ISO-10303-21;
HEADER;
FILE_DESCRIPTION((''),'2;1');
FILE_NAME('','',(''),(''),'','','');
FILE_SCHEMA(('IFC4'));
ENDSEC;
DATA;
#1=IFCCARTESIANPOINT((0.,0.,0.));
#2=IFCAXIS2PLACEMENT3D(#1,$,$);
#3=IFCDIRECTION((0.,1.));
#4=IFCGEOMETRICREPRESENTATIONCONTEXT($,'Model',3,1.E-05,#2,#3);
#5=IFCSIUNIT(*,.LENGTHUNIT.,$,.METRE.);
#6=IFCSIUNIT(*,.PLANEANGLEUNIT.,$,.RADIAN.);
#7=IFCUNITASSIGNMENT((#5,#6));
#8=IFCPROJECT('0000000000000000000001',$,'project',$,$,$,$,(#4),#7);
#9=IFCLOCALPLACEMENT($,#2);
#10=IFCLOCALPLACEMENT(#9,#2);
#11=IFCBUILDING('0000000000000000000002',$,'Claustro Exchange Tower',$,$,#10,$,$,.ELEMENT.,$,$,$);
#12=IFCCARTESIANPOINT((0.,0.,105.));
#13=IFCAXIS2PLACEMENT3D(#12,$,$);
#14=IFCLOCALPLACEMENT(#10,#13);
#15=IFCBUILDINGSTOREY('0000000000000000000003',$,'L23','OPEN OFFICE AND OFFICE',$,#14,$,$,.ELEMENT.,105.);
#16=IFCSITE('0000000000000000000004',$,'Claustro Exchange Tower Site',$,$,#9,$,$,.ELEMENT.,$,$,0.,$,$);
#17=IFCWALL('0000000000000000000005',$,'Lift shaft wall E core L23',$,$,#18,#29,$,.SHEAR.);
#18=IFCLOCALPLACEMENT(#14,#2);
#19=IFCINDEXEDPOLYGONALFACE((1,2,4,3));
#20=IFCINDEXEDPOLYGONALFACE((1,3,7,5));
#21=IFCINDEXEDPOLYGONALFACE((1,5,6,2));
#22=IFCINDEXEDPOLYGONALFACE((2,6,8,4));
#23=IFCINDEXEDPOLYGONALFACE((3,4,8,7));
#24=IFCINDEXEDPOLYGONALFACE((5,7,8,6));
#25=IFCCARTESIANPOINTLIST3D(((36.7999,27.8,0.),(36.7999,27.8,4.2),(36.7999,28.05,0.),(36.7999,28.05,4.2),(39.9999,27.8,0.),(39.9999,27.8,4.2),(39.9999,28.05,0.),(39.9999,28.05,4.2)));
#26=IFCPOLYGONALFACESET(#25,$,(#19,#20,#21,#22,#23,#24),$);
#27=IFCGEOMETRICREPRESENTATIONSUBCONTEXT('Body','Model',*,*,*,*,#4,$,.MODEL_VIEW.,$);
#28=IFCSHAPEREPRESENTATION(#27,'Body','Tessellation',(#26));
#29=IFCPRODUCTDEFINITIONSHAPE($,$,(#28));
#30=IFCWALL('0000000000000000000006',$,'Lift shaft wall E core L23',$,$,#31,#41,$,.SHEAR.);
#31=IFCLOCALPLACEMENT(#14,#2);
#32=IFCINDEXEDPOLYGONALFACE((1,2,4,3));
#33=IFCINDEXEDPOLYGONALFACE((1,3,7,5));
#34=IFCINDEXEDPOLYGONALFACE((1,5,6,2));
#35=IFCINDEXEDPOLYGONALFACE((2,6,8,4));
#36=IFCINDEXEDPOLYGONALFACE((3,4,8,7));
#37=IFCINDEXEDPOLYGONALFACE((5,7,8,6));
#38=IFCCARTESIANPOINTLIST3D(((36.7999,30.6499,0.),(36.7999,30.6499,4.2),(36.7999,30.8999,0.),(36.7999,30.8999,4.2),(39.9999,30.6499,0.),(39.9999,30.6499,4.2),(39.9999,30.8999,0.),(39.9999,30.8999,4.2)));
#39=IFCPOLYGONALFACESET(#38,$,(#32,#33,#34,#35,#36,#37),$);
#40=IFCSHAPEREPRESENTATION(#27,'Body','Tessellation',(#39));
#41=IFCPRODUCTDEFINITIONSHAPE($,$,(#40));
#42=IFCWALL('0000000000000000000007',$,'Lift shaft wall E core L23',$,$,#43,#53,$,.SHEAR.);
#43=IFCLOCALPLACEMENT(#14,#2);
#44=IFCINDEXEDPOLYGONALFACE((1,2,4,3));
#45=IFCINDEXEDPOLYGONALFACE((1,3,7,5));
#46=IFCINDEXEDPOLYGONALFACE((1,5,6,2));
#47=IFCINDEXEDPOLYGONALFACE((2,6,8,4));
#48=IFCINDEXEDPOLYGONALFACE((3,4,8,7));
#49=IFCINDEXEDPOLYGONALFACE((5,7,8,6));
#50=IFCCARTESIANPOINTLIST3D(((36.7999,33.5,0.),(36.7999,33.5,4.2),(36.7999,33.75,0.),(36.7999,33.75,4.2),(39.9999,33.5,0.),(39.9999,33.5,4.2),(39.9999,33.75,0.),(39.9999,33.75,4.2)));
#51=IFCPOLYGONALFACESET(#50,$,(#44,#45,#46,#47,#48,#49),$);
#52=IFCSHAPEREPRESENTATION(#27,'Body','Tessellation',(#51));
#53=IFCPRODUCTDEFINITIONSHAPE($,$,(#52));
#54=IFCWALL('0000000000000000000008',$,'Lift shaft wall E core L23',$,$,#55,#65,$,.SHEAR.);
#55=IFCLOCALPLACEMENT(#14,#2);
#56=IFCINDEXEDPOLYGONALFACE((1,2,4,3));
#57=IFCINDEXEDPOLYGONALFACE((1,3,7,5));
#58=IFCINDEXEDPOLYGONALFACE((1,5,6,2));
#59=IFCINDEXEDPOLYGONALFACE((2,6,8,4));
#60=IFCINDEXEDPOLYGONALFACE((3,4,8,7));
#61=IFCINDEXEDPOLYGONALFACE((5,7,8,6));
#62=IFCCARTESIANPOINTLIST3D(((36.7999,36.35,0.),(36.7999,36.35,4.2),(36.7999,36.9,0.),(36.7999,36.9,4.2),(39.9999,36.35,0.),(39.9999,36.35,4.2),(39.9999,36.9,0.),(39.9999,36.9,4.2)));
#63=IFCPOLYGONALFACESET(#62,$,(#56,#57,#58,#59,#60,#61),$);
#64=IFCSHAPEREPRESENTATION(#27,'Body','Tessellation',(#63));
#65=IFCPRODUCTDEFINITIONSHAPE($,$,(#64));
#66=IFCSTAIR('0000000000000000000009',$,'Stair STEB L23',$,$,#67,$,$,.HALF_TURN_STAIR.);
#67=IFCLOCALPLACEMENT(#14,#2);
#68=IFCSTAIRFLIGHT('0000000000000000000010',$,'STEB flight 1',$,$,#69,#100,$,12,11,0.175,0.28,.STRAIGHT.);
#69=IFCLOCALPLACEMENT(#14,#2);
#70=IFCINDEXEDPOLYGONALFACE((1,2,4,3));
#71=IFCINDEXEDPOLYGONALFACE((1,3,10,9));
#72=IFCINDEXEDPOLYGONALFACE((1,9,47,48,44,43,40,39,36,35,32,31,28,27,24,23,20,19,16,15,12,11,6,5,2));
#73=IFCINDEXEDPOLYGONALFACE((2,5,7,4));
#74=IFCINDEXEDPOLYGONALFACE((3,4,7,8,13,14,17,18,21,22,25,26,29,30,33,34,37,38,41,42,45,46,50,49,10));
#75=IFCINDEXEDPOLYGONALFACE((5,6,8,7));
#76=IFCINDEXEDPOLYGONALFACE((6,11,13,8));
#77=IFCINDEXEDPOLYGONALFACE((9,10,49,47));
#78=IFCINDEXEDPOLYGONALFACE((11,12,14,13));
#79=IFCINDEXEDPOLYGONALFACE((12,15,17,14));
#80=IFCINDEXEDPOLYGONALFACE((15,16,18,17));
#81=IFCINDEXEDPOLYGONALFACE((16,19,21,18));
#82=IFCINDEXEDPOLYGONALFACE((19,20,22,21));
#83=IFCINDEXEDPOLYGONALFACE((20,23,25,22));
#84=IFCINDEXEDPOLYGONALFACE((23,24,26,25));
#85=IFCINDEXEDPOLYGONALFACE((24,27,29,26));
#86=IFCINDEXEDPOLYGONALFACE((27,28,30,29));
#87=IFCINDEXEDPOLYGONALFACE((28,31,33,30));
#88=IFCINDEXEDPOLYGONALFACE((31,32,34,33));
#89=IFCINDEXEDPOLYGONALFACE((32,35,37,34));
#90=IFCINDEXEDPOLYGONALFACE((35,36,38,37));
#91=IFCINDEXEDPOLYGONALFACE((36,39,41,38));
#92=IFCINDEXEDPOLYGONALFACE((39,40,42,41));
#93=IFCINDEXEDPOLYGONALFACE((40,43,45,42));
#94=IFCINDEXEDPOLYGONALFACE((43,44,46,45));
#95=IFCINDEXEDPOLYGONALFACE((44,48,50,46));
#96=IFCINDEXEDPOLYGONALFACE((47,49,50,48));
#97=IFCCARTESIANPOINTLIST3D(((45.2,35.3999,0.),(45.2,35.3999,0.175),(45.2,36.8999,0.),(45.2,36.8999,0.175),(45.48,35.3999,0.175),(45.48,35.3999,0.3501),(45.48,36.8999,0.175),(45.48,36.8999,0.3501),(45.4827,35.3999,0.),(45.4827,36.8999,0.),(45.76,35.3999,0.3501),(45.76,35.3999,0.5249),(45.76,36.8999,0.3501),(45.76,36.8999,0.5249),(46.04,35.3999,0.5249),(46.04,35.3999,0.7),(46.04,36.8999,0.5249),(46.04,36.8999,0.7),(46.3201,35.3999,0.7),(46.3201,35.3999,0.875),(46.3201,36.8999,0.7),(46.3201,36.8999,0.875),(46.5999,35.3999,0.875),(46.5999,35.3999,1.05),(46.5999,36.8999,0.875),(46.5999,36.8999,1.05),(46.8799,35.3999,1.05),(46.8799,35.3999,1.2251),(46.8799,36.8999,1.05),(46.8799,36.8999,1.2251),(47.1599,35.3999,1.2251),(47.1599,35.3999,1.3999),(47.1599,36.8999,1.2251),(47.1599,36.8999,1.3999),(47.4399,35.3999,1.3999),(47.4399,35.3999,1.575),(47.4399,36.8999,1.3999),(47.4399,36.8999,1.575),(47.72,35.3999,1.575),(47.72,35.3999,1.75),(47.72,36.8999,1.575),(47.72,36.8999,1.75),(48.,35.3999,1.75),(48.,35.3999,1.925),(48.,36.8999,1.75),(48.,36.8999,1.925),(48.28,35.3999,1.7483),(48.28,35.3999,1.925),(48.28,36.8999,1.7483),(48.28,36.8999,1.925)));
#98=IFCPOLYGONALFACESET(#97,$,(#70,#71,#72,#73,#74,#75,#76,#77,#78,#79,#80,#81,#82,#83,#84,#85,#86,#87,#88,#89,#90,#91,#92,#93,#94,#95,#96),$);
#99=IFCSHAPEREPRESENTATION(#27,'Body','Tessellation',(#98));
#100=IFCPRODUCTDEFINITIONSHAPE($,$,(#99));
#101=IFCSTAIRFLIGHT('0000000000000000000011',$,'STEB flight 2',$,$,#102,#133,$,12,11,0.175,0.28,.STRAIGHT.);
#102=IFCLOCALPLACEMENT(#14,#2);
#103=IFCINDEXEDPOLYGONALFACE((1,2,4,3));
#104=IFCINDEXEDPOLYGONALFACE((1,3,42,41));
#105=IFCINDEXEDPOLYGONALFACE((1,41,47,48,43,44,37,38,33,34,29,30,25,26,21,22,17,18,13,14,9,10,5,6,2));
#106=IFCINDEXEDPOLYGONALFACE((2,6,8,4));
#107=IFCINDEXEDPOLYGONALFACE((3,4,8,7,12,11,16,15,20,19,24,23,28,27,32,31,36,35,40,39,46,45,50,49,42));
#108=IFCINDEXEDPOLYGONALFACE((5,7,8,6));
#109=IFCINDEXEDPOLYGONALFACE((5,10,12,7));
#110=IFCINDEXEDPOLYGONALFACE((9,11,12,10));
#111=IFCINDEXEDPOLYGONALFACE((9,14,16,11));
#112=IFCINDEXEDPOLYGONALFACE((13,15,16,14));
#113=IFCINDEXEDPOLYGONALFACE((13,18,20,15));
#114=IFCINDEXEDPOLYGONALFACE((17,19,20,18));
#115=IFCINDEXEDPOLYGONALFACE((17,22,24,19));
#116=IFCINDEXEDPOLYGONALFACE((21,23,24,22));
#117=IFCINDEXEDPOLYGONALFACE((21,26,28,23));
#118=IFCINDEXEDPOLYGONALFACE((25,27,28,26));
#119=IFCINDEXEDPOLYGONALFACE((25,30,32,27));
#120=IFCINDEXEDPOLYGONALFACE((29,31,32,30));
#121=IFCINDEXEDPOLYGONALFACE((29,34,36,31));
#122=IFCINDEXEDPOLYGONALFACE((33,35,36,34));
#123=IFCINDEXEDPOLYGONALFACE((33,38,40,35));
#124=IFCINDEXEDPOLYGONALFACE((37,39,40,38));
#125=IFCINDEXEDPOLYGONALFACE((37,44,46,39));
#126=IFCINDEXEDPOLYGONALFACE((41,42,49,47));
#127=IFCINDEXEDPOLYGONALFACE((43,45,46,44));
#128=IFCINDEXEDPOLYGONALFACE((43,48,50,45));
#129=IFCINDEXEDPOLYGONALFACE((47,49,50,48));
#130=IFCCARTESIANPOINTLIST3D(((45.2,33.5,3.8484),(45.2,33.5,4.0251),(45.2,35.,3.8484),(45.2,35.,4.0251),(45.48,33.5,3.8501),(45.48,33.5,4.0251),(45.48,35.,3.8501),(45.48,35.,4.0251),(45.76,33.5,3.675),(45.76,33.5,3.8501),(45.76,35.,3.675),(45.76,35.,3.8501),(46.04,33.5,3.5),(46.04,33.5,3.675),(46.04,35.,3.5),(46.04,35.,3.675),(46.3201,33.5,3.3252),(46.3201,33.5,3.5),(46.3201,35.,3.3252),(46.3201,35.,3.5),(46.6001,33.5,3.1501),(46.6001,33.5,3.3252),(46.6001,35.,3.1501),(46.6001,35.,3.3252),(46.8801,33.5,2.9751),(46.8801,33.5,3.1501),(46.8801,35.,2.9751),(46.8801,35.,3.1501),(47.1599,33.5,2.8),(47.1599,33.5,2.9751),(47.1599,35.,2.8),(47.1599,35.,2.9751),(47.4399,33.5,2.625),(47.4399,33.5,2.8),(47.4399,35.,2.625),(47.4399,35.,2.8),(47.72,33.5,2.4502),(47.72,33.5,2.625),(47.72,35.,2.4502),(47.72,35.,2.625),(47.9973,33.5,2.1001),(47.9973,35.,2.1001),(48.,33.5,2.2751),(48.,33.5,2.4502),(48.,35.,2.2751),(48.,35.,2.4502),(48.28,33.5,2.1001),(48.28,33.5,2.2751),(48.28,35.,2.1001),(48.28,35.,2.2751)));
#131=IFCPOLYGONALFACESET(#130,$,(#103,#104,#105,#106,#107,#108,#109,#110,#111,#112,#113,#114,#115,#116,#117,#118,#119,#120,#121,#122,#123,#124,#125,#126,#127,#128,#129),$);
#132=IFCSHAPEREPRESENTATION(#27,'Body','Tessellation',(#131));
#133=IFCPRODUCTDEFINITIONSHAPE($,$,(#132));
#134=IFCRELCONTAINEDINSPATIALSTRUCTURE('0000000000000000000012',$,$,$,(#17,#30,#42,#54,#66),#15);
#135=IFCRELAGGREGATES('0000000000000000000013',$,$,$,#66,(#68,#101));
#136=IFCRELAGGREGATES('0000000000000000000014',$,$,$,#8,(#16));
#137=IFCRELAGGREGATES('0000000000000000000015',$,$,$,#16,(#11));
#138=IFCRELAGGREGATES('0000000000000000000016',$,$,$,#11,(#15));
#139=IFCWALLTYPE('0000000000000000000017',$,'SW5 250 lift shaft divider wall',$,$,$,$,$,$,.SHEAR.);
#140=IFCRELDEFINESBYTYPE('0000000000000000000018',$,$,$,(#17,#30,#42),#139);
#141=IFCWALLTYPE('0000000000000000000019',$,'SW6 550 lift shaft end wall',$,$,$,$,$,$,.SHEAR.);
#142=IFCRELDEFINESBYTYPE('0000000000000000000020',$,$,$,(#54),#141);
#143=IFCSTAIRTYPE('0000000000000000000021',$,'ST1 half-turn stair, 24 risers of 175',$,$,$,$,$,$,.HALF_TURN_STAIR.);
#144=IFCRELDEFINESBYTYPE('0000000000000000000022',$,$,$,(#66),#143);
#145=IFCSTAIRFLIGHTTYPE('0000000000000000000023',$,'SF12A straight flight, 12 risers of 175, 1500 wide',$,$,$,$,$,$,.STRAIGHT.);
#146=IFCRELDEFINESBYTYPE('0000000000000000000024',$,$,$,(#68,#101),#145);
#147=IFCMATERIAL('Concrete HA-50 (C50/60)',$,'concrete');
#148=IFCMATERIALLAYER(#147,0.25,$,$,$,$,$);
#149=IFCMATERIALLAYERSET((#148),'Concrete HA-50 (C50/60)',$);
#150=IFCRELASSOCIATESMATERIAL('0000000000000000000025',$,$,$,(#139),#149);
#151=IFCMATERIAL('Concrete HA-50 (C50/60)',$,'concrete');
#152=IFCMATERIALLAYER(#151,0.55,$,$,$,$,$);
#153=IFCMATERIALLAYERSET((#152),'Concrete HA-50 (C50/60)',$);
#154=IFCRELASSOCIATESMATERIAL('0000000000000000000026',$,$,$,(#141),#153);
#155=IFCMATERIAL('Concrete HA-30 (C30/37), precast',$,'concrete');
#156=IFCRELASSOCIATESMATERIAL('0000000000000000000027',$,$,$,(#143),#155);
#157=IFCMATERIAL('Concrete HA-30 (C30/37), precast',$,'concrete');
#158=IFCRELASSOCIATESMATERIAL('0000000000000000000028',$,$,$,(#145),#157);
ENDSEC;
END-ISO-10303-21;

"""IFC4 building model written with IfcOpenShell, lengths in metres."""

from ifc_helpers import new_model, si_unit, direction, frame, frame_2d, origin, place, context, subcontext, project, spatial, polyline, rectangle, outline, extrude, material, layer, layer_set, type_object, element, aggregate, save


model = new_model("IFC4")

# Units and contexts
model_context = context("Model", 3, precision=1e-05, world=origin(), true_north=direction((0.0, 1.0)))
body_context = subcontext(model_context, "Body", "Model", "MODEL_VIEW")
ifc_project = project(units=[si_unit("LENGTHUNIT", "METRE"), si_unit("PLANEANGLEUNIT", "RADIAN")], contexts=[model_context])

# Site, building, storey
site_placement = place(None, origin())
site = spatial("IfcSite", under=ifc_project, at=site_placement, Name="Claustro Exchange Tower Site", CompositionType="ELEMENT", RefElevation=0.0)
building_placement = place(site_placement, origin())
building = spatial("IfcBuilding", under=site, at=building_placement, Name="Claustro Exchange Tower", CompositionType="ELEMENT")
storey_placement = place(building_placement, frame((0.0, 0.0, 105.0)))
storey = spatial("IfcBuildingStorey", under=building, at=storey_placement, Name="L23", Description="OPEN OFFICE AND OFFICE", CompositionType="ELEMENT", Elevation=105.0)

# Walls
ifc_material_1 = material(Name="Concrete HA-50 (C50/60)", Category="concrete")
ifc_layer_1 = layer(ifc_material_1, 0.25)
ifc_layer_set_1 = layer_set([ifc_layer_1], Name="Concrete HA-50 (C50/60)")
wall_type_1 = type_object("IfcWallType", Name="SW5 250 lift shaft divider wall", PredefinedType="SHEAR", material=ifc_layer_set_1)
for number, where, z_axis, x_axis, name in (
    (1, (40.0, 27.925, 0.0), (0.0, 0.0, 1.0), (-1.0, 0.0, 0.0), "Lift shaft wall E core L23"),
    (2, (40.0, 30.7749, 0.0), (0.0, 0.0, 1.0), (-1.0, 0.0, 0.0), "Lift shaft wall E core L23"),
    (3, (40.0, 33.625, 0.0), (0.0, 0.0, 1.0), (-1.0, 0.0, 0.0), "Lift shaft wall E core L23"),
):
    element("IfcWall", number, at=place(storey_placement, frame(where, z_axis=z_axis, x_axis=x_axis)), inside=storey, type_object=wall_type_1, Name=name, PredefinedType="SHEAR", context=body_context, shape_type="SweptSolid", body=[
        extrude(rectangle(XDim=3.2, YDim=0.25, at=frame_2d((1.6001, 0.0))), origin(), (0.0, 0.0, 1.0), 4.2),
    ])
ifc_material_2 = material(Name="Concrete HA-50 (C50/60)", Category="concrete")
ifc_layer_2 = layer(ifc_material_2, 0.55)
ifc_layer_set_2 = layer_set([ifc_layer_2], Name="Concrete HA-50 (C50/60)")
wall_type_2 = type_object("IfcWallType", Name="SW6 550 lift shaft end wall", PredefinedType="SHEAR", material=ifc_layer_set_2)
wall_1_placement = place(storey_placement, frame((40.0, 36.625, 0.0), z_axis=(0.0, 0.0, 1.0), x_axis=(-1.0, 0.0, 0.0)))
element("IfcWall", 4, at=wall_1_placement, inside=storey, type_object=wall_type_2, Name="Lift shaft wall E core L23", PredefinedType="SHEAR", context=body_context, shape_type="SweptSolid", body=[
    extrude(rectangle(XDim=3.2, YDim=0.55, at=frame_2d((1.6001, 0.0))), origin(), (0.0, 0.0, 1.0), 4.2),
])

# Stair, stair flights
ifc_material_3 = material(Name="Concrete HA-30 (C30/37), precast", Category="concrete")
stair_type = type_object("IfcStairType", Name="ST1 half-turn stair, 24 risers of 175", PredefinedType="HALF_TURN_STAIR", material=ifc_material_3)
stair_placement = place(storey_placement, origin())
stair = element("IfcStair", 5, at=stair_placement, inside=storey, type_object=stair_type, Name="Stair STEB L23", PredefinedType="HALF_TURN_STAIR")
ifc_material_4 = material(Name="Concrete HA-30 (C30/37), precast", Category="concrete")
stair_flight_type = type_object("IfcStairFlightType", Name="SF12A straight flight, 12 risers of 175, 1500 wide", PredefinedType="STRAIGHT", material=ifc_material_4)
stair_flight_1_placement = place(storey_placement, frame((45.2, 36.1499, 0.0), z_axis=(0.0, 0.0, 1.0), x_axis=(1.0, 0.0, 0.0)))
stair_flight_1 = element("IfcStairFlight", 6, at=stair_flight_1_placement, type_object=stair_flight_type, Name="STEB flight 1", NumberOfRisers=12, NumberOfTreads=11, PredefinedType="STRAIGHT", RiserHeight=0.175, TreadLength=0.28, context=body_context, shape_type="SweptSolid", body=[
    extrude(outline(polyline([(0.0, 0.0), (0.0, 0.175), (0.28, 0.175), (0.28, 0.3501), (0.5601, 0.3501), (0.5601, 0.5249), (0.8401, 0.5249), (0.8401, 0.7), (1.1201, 0.7), (1.1201, 0.875), (1.3999, 0.875), (1.3999, 1.05), (1.6799, 1.05), (1.6799, 1.2251), (1.96, 1.2251), (1.96, 1.3999), (2.24, 1.3999), (2.24, 1.575), (2.52, 1.575), (2.52, 1.75), (2.8, 1.75), (2.8, 1.925), (3.0801, 1.925), (3.0801, 2.1001), (3.0801, 1.7483), (0.2827, 0.0), (0.0, 0.0)])), frame((0.0, 0.75, 0.0), z_axis=(0.0, -1.0, 0.0), x_axis=(1.0, 0.0, 0.0)), (0.0, 0.0, 1.0), 1.5),
])
stair_flight_2_placement = place(storey_placement, frame((48.28, 34.25, 2.1001), z_axis=(0.0, 0.0, 1.0), x_axis=(-1.0, 0.0, 0.0)))
stair_flight_2 = element("IfcStairFlight", 7, at=stair_flight_2_placement, type_object=stair_flight_type, Name="STEB flight 2", NumberOfRisers=12, NumberOfTreads=11, PredefinedType="STRAIGHT", RiserHeight=0.175, TreadLength=0.28, context=body_context, shape_type="SweptSolid", body=[
    extrude(outline(polyline([(0.0, 0.0), (0.0, 0.175), (0.28, 0.175), (0.28, 0.3501), (0.5601, 0.3501), (0.5601, 0.5249), (0.8401, 0.5249), (0.8401, 0.7), (1.1201, 0.7), (1.1201, 0.875), (1.3999, 0.875), (1.3999, 1.05), (1.6799, 1.05), (1.6799, 1.2251), (1.96, 1.2251), (1.96, 1.3999), (2.24, 1.3999), (2.24, 1.575), (2.52, 1.575), (2.52, 1.75), (2.8, 1.75), (2.8, 1.925), (3.0801, 1.925), (3.0801, 2.1001), (3.0801, 1.7483), (0.2827, 0.0), (0.0, 0.0)])), frame((0.0, 0.75, 0.0), z_axis=(0.0, -1.0, 0.0), x_axis=(1.0, 0.0, 0.0)), (0.0, 0.0, 1.0), 1.5),
])
aggregate(stair, [stair_flight_1, stair_flight_2])

save(model, "model.ifc")
